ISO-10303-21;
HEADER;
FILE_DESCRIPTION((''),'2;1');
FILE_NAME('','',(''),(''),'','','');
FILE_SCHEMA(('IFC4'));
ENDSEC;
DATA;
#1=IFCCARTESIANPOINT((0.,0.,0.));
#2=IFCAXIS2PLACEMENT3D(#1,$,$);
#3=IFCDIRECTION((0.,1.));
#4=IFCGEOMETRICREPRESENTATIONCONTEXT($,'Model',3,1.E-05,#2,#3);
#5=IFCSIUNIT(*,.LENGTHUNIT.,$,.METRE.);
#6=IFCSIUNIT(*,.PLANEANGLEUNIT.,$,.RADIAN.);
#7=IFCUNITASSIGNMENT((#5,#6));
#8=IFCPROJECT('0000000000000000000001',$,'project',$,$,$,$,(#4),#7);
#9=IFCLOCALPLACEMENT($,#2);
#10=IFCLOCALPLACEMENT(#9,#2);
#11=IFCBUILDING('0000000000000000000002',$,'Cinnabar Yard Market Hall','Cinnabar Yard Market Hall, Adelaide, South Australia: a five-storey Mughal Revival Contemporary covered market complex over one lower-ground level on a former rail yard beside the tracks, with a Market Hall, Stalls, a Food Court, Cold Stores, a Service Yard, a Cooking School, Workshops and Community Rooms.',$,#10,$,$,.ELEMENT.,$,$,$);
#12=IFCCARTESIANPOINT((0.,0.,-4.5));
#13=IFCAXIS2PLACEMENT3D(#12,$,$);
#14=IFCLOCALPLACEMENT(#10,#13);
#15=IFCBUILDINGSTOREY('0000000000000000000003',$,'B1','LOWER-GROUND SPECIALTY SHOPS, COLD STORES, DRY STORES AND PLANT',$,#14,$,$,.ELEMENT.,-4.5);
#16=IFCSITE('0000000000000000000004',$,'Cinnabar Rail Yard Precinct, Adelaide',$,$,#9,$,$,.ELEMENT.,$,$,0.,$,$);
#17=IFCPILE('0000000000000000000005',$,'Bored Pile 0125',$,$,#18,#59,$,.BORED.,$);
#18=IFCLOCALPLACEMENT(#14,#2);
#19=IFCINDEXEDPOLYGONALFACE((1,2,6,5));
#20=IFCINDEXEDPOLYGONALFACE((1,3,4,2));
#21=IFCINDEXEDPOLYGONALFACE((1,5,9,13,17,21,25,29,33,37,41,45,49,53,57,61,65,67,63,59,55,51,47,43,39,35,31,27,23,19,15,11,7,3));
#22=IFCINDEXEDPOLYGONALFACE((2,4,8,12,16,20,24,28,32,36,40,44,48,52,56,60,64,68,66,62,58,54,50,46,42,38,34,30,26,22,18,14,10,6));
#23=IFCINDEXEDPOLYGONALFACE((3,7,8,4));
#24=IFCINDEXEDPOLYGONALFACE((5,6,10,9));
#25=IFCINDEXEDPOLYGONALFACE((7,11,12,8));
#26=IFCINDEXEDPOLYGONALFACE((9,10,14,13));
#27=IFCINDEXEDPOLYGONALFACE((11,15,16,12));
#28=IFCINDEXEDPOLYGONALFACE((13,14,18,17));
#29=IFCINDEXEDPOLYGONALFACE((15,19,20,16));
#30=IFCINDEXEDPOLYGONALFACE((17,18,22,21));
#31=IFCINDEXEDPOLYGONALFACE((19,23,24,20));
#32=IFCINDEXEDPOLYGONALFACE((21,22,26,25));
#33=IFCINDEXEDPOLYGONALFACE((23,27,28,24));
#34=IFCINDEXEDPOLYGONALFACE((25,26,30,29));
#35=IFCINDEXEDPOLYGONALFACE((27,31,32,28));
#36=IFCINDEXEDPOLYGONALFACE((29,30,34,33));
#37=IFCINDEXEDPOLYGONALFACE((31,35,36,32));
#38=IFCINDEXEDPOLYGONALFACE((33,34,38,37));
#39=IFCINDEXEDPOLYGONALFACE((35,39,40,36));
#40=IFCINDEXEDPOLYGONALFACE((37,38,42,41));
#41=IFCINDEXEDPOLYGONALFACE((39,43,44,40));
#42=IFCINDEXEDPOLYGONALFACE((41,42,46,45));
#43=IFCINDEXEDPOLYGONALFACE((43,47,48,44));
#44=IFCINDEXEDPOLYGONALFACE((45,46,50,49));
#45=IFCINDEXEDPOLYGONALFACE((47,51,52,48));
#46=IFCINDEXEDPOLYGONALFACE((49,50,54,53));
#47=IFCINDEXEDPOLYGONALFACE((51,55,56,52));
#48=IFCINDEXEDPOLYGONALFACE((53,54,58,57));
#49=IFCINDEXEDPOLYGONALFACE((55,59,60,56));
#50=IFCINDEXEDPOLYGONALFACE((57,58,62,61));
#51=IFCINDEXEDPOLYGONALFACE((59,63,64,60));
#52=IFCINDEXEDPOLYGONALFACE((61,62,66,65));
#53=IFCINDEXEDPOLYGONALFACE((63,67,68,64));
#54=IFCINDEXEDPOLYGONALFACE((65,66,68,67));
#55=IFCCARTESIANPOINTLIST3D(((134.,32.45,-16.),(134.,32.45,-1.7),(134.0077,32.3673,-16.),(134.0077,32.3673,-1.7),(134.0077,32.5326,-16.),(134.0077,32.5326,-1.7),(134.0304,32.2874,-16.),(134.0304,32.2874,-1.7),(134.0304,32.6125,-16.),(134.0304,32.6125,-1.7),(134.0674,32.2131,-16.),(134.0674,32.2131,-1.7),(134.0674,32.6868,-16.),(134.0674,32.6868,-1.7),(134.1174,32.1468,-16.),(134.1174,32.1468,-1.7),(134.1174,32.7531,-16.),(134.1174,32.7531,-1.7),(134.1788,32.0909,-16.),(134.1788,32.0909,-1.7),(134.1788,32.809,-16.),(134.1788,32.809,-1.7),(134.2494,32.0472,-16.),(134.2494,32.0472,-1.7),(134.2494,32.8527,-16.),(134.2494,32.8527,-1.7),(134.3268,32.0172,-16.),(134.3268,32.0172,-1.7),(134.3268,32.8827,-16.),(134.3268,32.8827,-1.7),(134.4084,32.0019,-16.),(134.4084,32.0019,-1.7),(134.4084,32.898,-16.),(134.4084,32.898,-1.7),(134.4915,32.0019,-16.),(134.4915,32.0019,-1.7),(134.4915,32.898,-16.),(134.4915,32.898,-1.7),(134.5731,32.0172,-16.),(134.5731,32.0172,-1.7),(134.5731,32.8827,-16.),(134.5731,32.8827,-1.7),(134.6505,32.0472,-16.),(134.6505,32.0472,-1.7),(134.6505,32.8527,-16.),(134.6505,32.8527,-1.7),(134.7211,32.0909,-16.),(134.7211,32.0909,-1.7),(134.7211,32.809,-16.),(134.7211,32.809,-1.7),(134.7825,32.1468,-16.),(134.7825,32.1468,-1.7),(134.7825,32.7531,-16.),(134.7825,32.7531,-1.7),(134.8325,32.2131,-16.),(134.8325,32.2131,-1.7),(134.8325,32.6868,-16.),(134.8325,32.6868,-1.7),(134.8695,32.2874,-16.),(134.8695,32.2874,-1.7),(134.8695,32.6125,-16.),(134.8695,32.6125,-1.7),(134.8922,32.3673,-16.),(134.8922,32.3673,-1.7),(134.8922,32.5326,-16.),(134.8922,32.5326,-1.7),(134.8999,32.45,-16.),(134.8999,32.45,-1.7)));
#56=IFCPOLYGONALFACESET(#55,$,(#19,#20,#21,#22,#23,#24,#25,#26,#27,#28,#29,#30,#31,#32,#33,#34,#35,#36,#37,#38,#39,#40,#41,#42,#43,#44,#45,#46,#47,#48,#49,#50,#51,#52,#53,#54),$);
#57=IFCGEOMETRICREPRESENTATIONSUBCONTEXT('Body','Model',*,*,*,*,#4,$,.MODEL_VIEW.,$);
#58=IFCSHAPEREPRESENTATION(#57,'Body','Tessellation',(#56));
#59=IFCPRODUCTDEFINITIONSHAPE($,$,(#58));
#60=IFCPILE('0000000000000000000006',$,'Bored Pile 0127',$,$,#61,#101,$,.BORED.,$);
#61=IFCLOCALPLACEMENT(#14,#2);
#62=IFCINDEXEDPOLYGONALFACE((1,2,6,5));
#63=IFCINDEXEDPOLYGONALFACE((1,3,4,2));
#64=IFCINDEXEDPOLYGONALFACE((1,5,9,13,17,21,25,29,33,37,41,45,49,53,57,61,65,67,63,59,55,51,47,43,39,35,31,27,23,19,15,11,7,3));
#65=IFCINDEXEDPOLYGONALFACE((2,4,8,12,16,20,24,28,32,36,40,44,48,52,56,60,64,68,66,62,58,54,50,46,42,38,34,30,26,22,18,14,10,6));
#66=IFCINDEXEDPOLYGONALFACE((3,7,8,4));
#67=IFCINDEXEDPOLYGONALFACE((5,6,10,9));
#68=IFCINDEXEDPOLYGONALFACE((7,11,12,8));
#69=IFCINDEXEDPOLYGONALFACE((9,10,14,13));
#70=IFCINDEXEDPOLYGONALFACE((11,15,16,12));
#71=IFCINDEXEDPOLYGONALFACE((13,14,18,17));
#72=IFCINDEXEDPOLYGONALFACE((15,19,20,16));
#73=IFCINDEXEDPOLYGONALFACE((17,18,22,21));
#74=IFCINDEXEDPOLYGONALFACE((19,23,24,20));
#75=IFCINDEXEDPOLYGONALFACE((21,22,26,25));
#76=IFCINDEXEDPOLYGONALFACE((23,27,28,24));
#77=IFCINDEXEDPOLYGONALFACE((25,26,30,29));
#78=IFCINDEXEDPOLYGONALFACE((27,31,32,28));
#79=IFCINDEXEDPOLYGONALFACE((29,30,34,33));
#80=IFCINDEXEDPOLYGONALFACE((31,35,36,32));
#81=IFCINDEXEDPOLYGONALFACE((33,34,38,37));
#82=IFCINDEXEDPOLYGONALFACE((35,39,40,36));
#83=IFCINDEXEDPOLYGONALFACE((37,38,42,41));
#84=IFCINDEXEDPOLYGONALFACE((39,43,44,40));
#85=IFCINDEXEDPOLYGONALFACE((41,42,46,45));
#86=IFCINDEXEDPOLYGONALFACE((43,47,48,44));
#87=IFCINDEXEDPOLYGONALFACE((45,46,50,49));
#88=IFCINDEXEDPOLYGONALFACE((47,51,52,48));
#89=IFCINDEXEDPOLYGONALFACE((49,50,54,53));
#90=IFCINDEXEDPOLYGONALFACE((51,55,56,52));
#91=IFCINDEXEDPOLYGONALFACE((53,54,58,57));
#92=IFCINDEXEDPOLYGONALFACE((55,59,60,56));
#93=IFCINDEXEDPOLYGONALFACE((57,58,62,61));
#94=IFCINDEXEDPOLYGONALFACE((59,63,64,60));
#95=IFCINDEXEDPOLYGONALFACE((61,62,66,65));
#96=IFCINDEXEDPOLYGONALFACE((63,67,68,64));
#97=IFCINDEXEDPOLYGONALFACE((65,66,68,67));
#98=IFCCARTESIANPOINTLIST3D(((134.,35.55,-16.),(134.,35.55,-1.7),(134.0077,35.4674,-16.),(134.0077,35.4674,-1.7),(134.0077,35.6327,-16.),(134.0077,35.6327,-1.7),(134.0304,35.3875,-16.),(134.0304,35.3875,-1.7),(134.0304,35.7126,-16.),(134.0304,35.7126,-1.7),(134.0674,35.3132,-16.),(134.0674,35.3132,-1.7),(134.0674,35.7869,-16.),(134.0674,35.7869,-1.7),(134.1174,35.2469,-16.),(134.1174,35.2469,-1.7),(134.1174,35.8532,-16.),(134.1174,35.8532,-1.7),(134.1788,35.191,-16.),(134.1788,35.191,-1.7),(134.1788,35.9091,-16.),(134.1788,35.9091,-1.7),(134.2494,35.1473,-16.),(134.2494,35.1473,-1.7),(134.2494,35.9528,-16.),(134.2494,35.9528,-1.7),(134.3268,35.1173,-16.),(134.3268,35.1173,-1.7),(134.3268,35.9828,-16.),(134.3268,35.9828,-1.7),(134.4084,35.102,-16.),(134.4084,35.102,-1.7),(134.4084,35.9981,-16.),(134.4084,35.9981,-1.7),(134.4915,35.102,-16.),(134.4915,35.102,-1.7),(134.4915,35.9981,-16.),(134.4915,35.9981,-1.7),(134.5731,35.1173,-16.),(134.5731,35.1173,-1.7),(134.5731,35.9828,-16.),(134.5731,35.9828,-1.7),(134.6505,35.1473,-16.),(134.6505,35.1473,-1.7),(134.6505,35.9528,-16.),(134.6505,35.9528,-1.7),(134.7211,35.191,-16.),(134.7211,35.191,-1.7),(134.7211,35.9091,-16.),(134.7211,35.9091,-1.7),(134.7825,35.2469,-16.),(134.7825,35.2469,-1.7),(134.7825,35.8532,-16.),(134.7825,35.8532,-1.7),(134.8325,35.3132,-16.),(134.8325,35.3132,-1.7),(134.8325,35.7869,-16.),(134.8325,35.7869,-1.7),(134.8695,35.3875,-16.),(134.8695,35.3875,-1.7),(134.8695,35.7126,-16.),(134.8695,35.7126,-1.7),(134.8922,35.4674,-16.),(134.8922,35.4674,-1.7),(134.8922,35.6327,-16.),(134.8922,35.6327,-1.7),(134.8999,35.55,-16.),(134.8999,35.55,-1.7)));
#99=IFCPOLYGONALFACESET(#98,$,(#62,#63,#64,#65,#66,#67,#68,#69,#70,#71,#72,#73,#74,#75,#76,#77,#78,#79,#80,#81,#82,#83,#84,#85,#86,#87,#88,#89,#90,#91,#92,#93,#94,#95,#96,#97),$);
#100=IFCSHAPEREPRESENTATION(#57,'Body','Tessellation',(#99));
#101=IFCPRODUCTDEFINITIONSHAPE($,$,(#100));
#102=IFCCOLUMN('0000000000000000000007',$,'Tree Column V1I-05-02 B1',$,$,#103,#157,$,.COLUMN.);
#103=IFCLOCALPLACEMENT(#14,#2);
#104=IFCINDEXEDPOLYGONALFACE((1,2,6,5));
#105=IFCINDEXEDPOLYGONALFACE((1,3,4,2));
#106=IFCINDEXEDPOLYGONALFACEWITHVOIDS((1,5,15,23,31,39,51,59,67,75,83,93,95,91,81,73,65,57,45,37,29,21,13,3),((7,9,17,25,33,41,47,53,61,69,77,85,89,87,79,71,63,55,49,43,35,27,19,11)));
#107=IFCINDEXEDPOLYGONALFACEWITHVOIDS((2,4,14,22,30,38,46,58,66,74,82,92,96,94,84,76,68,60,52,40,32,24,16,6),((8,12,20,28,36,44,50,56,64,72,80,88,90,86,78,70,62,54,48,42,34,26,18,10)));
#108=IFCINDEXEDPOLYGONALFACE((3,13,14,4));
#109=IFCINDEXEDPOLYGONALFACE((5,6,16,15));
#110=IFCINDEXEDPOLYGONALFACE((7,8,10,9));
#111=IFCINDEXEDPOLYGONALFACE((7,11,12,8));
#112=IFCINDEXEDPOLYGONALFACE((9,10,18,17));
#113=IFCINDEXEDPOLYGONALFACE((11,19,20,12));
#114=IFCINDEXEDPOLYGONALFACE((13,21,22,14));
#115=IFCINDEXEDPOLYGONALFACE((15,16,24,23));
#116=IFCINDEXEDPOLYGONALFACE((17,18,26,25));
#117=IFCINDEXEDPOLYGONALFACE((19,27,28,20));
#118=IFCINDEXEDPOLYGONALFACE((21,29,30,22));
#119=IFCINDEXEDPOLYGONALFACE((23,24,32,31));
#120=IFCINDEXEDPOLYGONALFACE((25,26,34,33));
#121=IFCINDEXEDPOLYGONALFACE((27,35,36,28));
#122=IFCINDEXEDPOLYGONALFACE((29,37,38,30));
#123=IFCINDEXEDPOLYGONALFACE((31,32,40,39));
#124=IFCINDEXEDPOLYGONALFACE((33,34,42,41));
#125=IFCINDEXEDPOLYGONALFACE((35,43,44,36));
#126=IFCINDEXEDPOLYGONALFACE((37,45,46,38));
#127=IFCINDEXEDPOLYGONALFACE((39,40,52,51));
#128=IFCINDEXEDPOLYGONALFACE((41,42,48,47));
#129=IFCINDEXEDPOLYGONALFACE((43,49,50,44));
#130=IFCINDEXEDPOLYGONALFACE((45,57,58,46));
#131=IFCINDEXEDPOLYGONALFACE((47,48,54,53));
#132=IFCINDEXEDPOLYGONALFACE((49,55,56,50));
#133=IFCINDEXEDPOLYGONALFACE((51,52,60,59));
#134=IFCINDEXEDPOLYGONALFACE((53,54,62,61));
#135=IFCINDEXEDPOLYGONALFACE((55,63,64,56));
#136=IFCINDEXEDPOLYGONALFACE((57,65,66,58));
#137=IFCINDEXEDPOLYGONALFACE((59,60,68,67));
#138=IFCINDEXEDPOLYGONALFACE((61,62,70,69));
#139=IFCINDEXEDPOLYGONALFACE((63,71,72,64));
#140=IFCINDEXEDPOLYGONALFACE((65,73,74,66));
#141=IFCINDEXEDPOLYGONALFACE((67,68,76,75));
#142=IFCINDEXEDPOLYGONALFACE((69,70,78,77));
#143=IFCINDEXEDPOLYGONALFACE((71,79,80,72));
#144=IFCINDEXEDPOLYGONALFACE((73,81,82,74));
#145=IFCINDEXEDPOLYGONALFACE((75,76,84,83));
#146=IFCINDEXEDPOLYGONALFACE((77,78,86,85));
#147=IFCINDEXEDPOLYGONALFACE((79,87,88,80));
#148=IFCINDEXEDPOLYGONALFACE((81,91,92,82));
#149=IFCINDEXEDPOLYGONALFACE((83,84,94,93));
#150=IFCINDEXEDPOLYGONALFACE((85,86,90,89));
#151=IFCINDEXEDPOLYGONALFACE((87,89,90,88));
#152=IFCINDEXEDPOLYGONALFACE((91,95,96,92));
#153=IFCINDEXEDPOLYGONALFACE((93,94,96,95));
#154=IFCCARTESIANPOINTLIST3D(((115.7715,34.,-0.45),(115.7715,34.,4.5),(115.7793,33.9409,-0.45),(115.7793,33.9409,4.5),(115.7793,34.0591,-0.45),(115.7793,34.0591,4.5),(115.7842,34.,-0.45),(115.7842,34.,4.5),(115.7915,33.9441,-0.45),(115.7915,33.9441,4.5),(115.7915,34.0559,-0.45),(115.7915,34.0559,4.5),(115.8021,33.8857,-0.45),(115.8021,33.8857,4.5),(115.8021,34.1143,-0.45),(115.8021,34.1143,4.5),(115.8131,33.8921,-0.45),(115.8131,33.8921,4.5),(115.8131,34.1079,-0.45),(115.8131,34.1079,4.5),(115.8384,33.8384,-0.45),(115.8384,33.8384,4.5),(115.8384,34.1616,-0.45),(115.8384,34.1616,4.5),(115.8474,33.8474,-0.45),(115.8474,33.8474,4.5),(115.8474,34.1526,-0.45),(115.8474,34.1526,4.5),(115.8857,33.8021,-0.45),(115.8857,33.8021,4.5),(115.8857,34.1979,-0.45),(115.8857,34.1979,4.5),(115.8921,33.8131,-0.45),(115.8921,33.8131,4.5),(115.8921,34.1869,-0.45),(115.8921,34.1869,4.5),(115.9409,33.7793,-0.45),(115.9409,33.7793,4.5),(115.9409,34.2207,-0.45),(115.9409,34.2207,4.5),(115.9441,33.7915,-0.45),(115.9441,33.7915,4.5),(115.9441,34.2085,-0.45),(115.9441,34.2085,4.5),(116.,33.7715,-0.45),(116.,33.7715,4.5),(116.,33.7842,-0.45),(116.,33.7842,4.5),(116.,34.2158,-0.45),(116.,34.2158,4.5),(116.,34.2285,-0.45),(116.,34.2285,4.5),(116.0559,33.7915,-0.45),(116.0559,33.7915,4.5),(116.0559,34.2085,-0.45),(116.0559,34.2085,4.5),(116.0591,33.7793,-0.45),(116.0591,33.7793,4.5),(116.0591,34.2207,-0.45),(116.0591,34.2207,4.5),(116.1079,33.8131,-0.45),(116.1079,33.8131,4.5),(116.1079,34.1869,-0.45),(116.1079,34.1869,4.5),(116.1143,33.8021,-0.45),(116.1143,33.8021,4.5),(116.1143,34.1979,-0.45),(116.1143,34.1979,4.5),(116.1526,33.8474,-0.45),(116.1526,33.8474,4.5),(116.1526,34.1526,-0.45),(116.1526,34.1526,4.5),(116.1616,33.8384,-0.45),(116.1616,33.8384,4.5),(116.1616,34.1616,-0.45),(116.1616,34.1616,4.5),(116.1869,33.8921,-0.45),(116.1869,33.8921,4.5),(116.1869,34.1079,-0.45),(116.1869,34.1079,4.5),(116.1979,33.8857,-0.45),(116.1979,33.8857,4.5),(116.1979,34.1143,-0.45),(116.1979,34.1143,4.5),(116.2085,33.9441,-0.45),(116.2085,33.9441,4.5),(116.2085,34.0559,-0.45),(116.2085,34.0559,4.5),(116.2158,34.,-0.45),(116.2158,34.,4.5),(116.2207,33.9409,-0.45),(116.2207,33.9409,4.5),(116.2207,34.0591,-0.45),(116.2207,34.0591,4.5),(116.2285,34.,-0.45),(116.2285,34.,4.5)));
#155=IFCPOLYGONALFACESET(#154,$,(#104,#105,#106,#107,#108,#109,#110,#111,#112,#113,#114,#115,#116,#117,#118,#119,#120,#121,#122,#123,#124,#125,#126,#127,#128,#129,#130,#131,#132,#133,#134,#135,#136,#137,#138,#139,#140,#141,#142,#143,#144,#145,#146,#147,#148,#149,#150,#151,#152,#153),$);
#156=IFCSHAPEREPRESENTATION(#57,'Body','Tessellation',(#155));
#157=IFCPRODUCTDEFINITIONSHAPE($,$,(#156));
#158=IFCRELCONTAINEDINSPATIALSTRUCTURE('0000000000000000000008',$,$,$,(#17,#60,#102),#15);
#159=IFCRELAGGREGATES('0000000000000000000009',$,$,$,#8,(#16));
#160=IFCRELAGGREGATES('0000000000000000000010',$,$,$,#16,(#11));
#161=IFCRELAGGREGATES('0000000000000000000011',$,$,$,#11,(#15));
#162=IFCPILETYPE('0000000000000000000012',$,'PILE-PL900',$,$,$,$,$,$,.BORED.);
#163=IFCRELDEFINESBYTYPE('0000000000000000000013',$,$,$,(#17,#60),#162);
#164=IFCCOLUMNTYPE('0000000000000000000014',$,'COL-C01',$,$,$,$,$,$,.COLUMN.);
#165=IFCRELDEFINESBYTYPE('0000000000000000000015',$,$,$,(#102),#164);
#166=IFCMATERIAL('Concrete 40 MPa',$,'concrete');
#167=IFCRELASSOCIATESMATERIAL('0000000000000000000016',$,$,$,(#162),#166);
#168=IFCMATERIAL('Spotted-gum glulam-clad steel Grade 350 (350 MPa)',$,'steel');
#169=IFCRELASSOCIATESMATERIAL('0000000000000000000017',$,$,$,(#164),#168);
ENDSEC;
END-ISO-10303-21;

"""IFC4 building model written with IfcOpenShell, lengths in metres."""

from ifc_helpers import new_model, si_unit, direction, frame, origin, origin_2d_with_axis, place, context, subcontext, project, spatial, circle, hollow_circle, extrude, material, material_profile, profile_set, type_object, element, save


model = new_model("IFC4")

# Units and contexts
model_context = context("Model", 3, precision=1e-05, world=origin(), true_north=direction((0.0, 1.0)))
body_context = subcontext(model_context, "Body", "Model", "MODEL_VIEW")
ifc_project = project(units=[si_unit("LENGTHUNIT", "METRE"), si_unit("PLANEANGLEUNIT", "RADIAN")], contexts=[model_context])

# Site, building, storey
site_placement = place(None, origin())
site = spatial("IfcSite", under=ifc_project, at=site_placement, Name="Cinnabar Rail Yard Precinct, Adelaide", CompositionType="ELEMENT", RefElevation=0.0)
building_placement = place(site_placement, origin())
building = spatial("IfcBuilding", under=site, at=building_placement, Name="Cinnabar Yard Market Hall", Description="Cinnabar Yard Market Hall, Adelaide, South Australia: a five-storey Mughal Revival Contemporary covered market complex over one lower-ground level on a former rail yard beside the tracks, with a Market Hall, Stalls, a Food Court, Cold Stores, a Service Yard, a Cooking School, Workshops and Community Rooms.", CompositionType="ELEMENT")
storey_placement = place(building_placement, frame((0.0, 0.0, -4.5)))
storey = spatial("IfcBuildingStorey", under=building, at=storey_placement, Name="B1", Description="LOWER-GROUND SPECIALTY SHOPS, COLD STORES, DRY STORES AND PLANT", CompositionType="ELEMENT", Elevation=-4.5)

# Shared definitions
ifc_material_1 = material(Name="Concrete 40 MPa", Category="concrete")

# Piles
ifc_material_profile_1 = material_profile(ifc_material_1, circle(Radius=0.45, at=origin_2d_with_axis()), Name="PILE-D900")
ifc_profile_set_1 = profile_set([ifc_material_profile_1], Name="Concrete 40 MPa")
pile_type = type_object("IfcPileType", Name="PILE-PL900", PredefinedType="BORED", material=ifc_profile_set_1)
for number, where, z_axis, x_axis, name in (
    (1, (134.45, 32.45, -1.7), (0.0, 0.0, -1.0), (1.0, 0.0, 0.0), "Bored Pile 0125"),
    (2, (134.45, 35.55, -1.7), (0.0, 0.0, -1.0), (1.0, 0.0, 0.0), "Bored Pile 0127"),
):
    element("IfcPile", number, at=place(storey_placement, frame(where, z_axis=z_axis, x_axis=x_axis)), inside=storey, type_object=pile_type, Name=name, PredefinedType="BORED", context=body_context, shape_type="SweptSolid", body=[
        extrude(circle(Radius=0.45, at=origin_2d_with_axis()), origin(), (0.0, 0.0, 1.0), 14.3),
    ])

# Column
ifc_material_2 = material(Name="Spotted-gum glulam-clad steel Grade 350 (350 MPa)", Category="steel")
ifc_material_profile_2 = material_profile(ifc_material_2, hollow_circle(Radius=0.2285, WallThickness=0.0127, at=origin_2d_with_axis()), Name="457.0x12.7CHS")
ifc_profile_set_2 = profile_set([ifc_material_profile_2], Name="Spotted-gum glulam-clad steel Grade 350 (350 MPa)")
column_type = type_object("IfcColumnType", Name="COL-C01", PredefinedType="COLUMN", material=ifc_profile_set_2)
for number, where, z_axis, x_axis, name in (
    (3, (116.0, 34.0, -0.45), (0.0, 0.0, 1.0), (1.0, 0.0, 0.0), "Tree Column V1I-05-02 B1"),
):
    element("IfcColumn", number, at=place(storey_placement, frame(where, z_axis=z_axis, x_axis=x_axis)), inside=storey, type_object=column_type, Name=name, PredefinedType="COLUMN", context=body_context, shape_type="SweptSolid", body=[
        extrude(hollow_circle(Radius=0.2285, WallThickness=0.0127, at=origin_2d_with_axis()), origin(), (0.0, 0.0, 1.0), 4.95),
    ])

save(model, "model.ifc")
